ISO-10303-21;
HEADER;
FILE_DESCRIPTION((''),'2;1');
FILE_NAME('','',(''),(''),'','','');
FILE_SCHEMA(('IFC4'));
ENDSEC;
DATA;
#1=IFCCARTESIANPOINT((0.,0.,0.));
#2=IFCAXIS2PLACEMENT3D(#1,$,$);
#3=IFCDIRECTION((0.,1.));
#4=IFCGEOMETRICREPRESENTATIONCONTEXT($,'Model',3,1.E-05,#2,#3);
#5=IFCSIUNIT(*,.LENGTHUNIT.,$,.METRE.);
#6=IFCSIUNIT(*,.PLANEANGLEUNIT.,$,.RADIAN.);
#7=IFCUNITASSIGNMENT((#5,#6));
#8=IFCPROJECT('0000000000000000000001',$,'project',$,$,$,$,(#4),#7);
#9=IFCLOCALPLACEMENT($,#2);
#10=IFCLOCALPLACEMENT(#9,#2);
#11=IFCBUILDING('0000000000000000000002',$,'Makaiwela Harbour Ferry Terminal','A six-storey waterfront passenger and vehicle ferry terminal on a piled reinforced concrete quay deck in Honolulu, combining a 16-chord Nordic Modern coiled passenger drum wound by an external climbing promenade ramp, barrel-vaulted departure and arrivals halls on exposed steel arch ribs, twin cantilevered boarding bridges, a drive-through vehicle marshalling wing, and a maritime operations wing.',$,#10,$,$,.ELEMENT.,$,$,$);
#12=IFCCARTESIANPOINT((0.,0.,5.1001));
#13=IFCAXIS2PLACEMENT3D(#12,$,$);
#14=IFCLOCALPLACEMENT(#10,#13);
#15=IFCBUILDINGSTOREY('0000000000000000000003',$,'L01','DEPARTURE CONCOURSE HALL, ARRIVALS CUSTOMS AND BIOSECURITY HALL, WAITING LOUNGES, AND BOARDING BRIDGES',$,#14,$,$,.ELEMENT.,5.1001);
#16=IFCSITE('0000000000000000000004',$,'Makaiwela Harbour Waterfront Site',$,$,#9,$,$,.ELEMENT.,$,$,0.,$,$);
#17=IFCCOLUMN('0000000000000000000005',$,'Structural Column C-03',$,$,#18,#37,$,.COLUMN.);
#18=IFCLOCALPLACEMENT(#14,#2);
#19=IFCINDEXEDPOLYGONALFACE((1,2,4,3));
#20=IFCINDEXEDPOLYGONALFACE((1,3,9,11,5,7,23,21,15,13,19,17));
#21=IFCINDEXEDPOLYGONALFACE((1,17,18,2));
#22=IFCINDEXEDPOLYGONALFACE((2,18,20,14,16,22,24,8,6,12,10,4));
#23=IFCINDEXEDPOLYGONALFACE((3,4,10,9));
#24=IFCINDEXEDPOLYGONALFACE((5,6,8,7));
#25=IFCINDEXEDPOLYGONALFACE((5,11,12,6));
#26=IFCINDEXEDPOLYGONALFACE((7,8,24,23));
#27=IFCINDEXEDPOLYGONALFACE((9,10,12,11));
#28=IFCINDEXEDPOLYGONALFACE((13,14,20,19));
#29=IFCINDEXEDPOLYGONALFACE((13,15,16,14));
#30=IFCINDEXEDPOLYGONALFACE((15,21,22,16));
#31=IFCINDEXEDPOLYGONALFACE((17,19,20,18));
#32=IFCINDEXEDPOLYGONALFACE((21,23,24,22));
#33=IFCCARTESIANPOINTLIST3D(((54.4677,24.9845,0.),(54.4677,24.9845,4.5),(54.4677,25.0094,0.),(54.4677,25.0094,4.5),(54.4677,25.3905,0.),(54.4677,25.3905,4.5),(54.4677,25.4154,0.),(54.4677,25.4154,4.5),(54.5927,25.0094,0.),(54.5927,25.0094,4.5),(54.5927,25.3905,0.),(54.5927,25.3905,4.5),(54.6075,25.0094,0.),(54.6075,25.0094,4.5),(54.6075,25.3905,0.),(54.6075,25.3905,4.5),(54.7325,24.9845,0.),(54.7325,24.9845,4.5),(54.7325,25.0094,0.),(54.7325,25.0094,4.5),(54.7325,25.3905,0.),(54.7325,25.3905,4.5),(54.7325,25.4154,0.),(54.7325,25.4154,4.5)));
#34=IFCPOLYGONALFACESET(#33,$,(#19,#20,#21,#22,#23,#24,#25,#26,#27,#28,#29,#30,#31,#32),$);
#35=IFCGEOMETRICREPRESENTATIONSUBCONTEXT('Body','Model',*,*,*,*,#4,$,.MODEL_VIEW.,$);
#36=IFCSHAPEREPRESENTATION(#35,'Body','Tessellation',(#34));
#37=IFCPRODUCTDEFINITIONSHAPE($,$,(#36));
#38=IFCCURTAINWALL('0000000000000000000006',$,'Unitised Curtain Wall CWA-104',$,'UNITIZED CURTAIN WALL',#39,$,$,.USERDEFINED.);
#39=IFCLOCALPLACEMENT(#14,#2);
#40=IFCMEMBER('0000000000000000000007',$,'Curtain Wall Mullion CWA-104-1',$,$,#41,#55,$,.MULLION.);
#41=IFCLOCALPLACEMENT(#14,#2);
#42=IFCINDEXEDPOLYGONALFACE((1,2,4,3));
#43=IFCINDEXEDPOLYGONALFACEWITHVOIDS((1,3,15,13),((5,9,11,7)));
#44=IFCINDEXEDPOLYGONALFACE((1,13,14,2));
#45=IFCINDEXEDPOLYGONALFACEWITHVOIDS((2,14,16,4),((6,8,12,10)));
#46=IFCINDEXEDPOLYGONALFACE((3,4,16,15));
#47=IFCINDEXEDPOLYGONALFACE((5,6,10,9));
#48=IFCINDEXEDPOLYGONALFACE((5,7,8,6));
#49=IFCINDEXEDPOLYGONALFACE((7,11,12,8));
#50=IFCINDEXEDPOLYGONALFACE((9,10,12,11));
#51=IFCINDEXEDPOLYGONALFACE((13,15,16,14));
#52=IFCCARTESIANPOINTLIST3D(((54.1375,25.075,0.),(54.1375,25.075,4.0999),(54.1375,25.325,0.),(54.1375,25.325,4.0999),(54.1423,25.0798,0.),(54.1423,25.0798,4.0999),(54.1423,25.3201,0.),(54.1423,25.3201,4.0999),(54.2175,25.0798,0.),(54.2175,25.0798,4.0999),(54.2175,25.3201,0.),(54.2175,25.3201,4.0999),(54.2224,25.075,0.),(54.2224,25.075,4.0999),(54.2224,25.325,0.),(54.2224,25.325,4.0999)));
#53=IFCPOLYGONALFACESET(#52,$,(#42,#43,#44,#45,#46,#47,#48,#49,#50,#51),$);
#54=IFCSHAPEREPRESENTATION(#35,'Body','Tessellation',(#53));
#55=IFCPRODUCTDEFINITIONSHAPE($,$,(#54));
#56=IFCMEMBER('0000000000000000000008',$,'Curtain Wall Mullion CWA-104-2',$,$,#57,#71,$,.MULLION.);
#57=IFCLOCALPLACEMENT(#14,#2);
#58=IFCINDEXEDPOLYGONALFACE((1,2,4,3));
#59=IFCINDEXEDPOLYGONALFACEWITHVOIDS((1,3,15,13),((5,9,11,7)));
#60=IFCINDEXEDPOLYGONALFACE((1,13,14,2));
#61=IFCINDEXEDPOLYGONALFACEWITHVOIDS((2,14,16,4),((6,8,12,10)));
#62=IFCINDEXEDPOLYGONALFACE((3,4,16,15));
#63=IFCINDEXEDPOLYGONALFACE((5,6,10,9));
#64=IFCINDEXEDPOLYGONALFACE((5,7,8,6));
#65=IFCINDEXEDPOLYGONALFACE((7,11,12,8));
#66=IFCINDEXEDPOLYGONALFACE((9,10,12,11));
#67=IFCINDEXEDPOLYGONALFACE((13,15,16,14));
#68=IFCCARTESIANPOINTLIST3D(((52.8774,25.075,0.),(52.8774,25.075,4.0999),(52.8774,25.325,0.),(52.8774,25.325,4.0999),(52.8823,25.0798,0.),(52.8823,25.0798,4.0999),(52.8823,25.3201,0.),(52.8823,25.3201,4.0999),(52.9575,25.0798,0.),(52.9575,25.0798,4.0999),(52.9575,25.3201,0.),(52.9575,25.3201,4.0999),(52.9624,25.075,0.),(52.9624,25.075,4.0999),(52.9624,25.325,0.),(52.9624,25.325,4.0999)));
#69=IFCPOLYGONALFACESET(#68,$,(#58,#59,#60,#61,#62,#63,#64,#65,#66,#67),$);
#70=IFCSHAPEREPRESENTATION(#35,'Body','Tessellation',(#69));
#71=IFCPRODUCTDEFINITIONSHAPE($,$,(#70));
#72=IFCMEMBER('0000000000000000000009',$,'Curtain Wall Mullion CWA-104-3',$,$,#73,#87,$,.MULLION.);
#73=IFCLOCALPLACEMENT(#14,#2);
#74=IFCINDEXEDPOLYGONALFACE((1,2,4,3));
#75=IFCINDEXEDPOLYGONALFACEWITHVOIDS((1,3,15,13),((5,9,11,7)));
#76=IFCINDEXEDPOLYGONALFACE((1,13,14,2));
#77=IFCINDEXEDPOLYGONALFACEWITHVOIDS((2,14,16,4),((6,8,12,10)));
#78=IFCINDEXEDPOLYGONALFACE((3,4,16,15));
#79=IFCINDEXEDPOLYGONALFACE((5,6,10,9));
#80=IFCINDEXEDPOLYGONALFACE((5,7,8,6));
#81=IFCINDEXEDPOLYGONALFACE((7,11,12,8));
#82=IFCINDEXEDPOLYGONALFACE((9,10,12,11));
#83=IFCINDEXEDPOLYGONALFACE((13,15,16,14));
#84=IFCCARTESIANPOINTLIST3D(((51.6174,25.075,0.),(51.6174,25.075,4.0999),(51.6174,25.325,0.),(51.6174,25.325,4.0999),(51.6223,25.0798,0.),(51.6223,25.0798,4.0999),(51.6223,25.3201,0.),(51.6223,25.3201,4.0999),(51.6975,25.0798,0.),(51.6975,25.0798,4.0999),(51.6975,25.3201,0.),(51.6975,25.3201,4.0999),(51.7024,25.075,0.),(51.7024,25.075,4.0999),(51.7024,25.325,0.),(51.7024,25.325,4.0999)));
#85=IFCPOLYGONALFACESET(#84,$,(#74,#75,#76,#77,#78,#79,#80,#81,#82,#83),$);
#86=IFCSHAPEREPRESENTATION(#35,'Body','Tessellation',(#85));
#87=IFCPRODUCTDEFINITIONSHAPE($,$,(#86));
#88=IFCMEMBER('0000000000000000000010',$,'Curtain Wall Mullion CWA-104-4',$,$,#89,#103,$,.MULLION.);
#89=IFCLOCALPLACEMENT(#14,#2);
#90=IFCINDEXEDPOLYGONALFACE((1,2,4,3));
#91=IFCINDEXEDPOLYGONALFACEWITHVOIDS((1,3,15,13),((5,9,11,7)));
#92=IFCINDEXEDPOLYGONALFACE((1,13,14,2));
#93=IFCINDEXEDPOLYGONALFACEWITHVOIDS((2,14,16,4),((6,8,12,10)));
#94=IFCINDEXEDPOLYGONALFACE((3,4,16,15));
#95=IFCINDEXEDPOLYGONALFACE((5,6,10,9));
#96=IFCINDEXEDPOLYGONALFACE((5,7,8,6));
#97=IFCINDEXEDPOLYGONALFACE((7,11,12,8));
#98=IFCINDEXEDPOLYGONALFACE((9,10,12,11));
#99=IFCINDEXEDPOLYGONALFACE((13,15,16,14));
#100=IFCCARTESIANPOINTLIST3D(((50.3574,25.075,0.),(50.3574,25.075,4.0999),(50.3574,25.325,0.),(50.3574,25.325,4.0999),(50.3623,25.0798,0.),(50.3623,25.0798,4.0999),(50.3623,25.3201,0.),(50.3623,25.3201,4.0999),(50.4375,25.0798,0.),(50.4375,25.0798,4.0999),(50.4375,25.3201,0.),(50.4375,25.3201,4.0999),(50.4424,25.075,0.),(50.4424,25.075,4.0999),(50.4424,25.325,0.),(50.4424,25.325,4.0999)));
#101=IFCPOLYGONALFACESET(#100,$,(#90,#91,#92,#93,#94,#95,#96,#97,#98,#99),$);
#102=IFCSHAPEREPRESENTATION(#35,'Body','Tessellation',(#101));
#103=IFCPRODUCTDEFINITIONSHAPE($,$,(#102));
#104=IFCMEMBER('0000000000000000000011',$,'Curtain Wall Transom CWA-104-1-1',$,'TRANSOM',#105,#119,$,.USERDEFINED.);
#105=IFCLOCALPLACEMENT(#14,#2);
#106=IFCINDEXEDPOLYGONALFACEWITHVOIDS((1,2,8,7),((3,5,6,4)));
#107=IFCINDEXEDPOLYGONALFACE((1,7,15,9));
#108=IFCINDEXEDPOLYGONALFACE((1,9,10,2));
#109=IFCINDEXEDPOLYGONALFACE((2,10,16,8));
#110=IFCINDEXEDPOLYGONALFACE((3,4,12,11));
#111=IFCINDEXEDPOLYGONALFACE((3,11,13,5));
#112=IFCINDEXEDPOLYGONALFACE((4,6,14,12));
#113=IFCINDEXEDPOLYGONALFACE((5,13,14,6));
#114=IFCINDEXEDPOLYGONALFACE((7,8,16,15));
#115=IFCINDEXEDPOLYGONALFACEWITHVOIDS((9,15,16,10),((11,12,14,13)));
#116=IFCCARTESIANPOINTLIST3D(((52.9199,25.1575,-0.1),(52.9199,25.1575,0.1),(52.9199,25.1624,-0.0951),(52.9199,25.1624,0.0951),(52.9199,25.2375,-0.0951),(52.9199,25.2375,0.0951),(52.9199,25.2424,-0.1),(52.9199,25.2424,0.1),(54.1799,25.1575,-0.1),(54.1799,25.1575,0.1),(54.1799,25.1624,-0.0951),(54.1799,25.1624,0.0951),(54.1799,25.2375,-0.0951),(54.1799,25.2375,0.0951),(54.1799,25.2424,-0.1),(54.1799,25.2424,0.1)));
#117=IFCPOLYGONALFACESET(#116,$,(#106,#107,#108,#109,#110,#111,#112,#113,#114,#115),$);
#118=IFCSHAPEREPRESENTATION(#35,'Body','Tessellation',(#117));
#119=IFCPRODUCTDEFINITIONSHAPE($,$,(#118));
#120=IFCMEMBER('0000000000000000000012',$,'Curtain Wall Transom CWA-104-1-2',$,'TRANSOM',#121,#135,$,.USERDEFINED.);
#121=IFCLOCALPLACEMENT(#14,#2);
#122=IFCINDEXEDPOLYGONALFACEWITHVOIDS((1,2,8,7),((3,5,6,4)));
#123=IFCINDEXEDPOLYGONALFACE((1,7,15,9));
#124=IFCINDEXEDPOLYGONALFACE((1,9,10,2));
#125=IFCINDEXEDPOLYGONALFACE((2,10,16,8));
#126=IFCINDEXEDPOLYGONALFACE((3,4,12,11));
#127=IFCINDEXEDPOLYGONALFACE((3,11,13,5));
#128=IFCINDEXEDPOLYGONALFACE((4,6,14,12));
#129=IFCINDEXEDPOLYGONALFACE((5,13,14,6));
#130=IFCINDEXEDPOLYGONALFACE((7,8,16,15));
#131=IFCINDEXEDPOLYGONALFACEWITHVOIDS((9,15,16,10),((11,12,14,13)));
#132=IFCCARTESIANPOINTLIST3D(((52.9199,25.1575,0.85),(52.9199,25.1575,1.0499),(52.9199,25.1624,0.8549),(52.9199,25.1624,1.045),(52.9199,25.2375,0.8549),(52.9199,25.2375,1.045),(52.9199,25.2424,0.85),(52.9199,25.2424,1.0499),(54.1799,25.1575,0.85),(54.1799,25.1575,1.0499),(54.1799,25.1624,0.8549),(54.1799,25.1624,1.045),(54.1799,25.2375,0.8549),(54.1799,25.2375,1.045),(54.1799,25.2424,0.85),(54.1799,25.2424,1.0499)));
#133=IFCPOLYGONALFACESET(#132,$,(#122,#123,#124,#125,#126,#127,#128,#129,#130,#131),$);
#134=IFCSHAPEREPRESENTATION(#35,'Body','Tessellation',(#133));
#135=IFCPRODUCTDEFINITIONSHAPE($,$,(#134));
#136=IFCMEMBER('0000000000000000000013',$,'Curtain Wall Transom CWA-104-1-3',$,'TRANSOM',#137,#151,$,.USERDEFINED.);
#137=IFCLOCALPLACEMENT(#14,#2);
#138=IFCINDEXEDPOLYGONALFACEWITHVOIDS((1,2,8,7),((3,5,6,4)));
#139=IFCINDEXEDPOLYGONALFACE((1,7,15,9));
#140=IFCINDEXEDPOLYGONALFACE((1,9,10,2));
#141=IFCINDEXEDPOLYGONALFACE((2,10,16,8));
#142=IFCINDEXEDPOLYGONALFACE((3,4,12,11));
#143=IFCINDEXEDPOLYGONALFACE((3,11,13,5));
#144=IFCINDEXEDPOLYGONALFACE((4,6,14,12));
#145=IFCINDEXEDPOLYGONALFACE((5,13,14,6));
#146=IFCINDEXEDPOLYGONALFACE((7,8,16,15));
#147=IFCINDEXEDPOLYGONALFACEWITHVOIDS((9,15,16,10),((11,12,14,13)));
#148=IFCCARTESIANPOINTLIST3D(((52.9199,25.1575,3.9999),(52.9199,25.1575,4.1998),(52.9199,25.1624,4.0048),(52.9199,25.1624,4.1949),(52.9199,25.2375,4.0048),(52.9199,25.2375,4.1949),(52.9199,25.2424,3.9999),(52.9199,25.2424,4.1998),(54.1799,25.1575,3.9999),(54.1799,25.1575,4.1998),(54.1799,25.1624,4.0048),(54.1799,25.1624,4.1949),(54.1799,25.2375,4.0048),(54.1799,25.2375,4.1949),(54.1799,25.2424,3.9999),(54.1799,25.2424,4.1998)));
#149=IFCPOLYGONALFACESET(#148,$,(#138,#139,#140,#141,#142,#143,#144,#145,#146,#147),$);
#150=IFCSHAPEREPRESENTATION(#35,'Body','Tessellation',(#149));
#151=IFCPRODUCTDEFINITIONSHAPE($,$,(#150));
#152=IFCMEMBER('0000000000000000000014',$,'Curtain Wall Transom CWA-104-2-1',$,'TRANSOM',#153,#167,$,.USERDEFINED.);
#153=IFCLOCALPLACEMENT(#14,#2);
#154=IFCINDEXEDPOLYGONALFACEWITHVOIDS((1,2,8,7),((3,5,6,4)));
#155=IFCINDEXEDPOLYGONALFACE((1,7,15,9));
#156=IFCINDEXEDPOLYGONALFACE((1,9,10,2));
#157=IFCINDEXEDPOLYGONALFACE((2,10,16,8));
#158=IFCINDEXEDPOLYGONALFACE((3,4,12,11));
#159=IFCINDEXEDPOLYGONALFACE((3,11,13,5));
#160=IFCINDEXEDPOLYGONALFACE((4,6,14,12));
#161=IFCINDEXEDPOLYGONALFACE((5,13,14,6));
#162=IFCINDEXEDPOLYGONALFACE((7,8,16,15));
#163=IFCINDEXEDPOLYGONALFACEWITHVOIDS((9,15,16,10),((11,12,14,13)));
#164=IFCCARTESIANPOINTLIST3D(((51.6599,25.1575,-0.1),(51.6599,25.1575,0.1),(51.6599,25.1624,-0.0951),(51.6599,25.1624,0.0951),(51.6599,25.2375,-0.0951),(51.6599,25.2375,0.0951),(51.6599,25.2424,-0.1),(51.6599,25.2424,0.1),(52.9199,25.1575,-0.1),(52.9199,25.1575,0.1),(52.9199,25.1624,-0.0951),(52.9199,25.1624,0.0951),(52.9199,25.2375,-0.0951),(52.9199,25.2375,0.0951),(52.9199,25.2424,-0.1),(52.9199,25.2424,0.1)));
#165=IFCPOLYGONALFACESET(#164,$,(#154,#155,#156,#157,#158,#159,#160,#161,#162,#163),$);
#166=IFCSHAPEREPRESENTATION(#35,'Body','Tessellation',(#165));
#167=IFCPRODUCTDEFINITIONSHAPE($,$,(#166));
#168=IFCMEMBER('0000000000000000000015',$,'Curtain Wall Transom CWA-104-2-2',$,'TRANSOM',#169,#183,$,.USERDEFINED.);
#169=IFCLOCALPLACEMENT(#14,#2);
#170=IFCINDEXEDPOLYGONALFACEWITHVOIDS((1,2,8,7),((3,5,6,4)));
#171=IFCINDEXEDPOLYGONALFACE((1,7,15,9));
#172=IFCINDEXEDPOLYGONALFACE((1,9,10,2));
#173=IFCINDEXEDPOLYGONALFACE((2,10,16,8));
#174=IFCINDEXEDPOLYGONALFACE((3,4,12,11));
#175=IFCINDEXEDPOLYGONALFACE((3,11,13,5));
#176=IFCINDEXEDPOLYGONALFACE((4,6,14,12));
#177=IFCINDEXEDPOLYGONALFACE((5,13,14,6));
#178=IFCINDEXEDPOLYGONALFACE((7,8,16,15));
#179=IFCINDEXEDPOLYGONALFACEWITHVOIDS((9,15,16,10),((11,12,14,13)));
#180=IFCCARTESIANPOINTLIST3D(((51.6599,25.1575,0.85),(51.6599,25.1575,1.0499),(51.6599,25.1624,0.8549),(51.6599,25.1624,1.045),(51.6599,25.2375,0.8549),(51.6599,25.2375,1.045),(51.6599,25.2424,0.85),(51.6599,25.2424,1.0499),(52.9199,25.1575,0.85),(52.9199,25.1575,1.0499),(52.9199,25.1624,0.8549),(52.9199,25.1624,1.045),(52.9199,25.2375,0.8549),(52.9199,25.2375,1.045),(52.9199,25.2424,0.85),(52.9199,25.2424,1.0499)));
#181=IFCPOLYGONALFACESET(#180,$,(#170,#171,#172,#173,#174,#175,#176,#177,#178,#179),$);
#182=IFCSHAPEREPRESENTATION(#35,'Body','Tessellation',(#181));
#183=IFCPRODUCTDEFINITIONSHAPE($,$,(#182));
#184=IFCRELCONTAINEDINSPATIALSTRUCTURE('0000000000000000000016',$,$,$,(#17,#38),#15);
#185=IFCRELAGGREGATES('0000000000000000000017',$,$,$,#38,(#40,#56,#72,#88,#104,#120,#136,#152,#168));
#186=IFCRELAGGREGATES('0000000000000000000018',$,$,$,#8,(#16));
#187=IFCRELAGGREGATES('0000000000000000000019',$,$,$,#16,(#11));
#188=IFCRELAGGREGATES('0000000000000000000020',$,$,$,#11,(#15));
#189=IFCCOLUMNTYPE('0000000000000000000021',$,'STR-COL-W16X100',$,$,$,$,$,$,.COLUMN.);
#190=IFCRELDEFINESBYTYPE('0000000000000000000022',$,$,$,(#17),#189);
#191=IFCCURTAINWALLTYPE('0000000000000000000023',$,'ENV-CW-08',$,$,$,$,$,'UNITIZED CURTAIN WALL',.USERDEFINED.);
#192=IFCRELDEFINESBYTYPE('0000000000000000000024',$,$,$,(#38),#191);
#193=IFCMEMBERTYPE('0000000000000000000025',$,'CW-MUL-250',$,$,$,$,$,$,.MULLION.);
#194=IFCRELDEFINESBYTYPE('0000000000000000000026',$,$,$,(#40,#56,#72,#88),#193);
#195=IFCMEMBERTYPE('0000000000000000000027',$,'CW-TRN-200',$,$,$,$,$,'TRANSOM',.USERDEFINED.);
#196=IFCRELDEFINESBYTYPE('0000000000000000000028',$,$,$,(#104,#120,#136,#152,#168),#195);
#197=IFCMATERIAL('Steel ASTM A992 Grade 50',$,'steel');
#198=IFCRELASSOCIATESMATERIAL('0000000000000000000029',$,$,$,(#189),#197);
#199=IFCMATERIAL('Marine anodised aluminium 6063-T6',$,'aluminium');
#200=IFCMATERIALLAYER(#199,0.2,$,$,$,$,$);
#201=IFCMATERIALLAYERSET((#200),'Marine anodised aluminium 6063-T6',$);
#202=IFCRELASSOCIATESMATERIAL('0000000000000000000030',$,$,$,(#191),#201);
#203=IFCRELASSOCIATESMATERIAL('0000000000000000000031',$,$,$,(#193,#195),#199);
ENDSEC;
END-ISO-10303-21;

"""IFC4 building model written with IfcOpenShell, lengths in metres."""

from ifc_helpers import new_model, si_unit, direction, frame, origin, origin_2d, place, context, subcontext, project, spatial, hollow_rectangle, i_section, extrude, material, layer, layer_set, material_profile, profile_set, type_object, element, aggregate, save


model = new_model("IFC4")

# Units and contexts
model_context = context("Model", 3, precision=1e-05, world=origin(), true_north=direction((0.0, 1.0)))
body_context = subcontext(model_context, "Body", "Model", "MODEL_VIEW")
ifc_project = project(units=[si_unit("LENGTHUNIT", "METRE"), si_unit("PLANEANGLEUNIT", "RADIAN")], contexts=[model_context])

# Site, building, storey
site_placement = place(None, origin())
site = spatial("IfcSite", under=ifc_project, at=site_placement, Name="Makaiwela Harbour Waterfront Site", CompositionType="ELEMENT", RefElevation=0.0)
building_placement = place(site_placement, origin())
building = spatial("IfcBuilding", under=site, at=building_placement, Name="Makaiwela Harbour Ferry Terminal", Description="A six-storey waterfront passenger and vehicle ferry terminal on a piled reinforced concrete quay deck in Honolulu, combining a 16-chord Nordic Modern coiled passenger drum wound by an external climbing promenade ramp, barrel-vaulted departure and arrivals halls on exposed steel arch ribs, twin cantilevered boarding bridges, a drive-through vehicle marshalling wing, and a maritime operations wing.", CompositionType="ELEMENT")
storey_placement = place(building_placement, frame((0.0, 0.0, 5.1001)))
storey = spatial("IfcBuildingStorey", under=building, at=storey_placement, Name="L01", Description="DEPARTURE CONCOURSE HALL, ARRIVALS CUSTOMS AND BIOSECURITY HALL, WAITING LOUNGES, AND BOARDING BRIDGES", CompositionType="ELEMENT", Elevation=5.1001)

# Column
ifc_material_1 = material(Name="Steel ASTM A992 Grade 50", Category="steel")
ifc_material_profile_1 = material_profile(ifc_material_1, i_section(OverallWidth=0.2649, OverallDepth=0.4309, WebThickness=0.0149, FlangeThickness=0.0249, at=origin_2d()), Name="W16X100")
ifc_profile_set_1 = profile_set([ifc_material_profile_1], Name="Steel ASTM A992 Grade 50")
column_type = type_object("IfcColumnType", Name="STR-COL-W16X100", PredefinedType="COLUMN", material=ifc_profile_set_1)
column_placement = place(storey_placement, frame((54.6001, 25.2, 0.0), z_axis=(0.0, 0.0, 1.0), x_axis=(1.0, 0.0, 0.0)))
element("IfcColumn", 1, at=column_placement, inside=storey, type_object=column_type, Name="Structural Column C-03", PredefinedType="COLUMN", context=body_context, shape_type="SweptSolid", body=[
    extrude(i_section(OverallWidth=0.2649, OverallDepth=0.4309, WebThickness=0.0149, FlangeThickness=0.0249, at=origin_2d()), origin(), (0.0, 0.0, 1.0), 4.5),
])

# Curtain wall, members
ifc_material_2 = material(Name="Marine anodised aluminium 6063-T6", Category="aluminium")
ifc_layer_1 = layer(ifc_material_2, 0.2)
ifc_layer_set_1 = layer_set([ifc_layer_1], Name="Marine anodised aluminium 6063-T6")
curtain_wall_type = type_object("IfcCurtainWallType", Name="ENV-CW-08", ElementType="UNITIZED CURTAIN WALL", PredefinedType="USERDEFINED", material=ifc_layer_set_1)
curtain_wall_placement = place(storey_placement, origin())
curtain_wall = element("IfcCurtainWall", 2, at=curtain_wall_placement, inside=storey, type_object=curtain_wall_type, Name="Unitised Curtain Wall CWA-104", ObjectType="UNITIZED CURTAIN WALL", PredefinedType="USERDEFINED")
ifc_material_profile_2 = material_profile(ifc_material_2, hollow_rectangle(XDim=0.085, YDim=0.25, WallThickness=0.0049, at=origin_2d()), Name="CWM-250X85")
ifc_profile_set_2 = profile_set([ifc_material_profile_2], Name="Marine anodised aluminium 6063-T6")
member_type_1 = type_object("IfcMemberType", Name="CW-MUL-250", PredefinedType="MULLION", material=ifc_profile_set_2)
member_1_placement = place(storey_placement, frame((54.1799, 25.2, 0.0), z_axis=(0.0, 0.0, 1.0), x_axis=(1.0, 0.0, 0.0)))
member_1 = element("IfcMember", 3, at=member_1_placement, type_object=member_type_1, Name="Curtain Wall Mullion CWA-104-1", PredefinedType="MULLION", context=body_context, shape_type="SweptSolid", body=[
    extrude(hollow_rectangle(XDim=0.085, YDim=0.25, WallThickness=0.0049, at=origin_2d()), origin(), (0.0, 0.0, 1.0), 4.0999),
])
member_2_placement = place(storey_placement, frame((52.9199, 25.2, 0.0), z_axis=(0.0, 0.0, 1.0), x_axis=(1.0, 0.0, 0.0)))
member_2 = element("IfcMember", 4, at=member_2_placement, type_object=member_type_1, Name="Curtain Wall Mullion CWA-104-2", PredefinedType="MULLION", context=body_context, shape_type="SweptSolid", body=[
    extrude(hollow_rectangle(XDim=0.085, YDim=0.25, WallThickness=0.0049, at=origin_2d()), origin(), (0.0, 0.0, 1.0), 4.0999),
])
member_3_placement = place(storey_placement, frame((51.6599, 25.2, 0.0), z_axis=(0.0, 0.0, 1.0), x_axis=(1.0, 0.0, 0.0)))
member_3 = element("IfcMember", 5, at=member_3_placement, type_object=member_type_1, Name="Curtain Wall Mullion CWA-104-3", PredefinedType="MULLION", context=body_context, shape_type="SweptSolid", body=[
    extrude(hollow_rectangle(XDim=0.085, YDim=0.25, WallThickness=0.0049, at=origin_2d()), origin(), (0.0, 0.0, 1.0), 4.0999),
])
member_4_placement = place(storey_placement, frame((50.3999, 25.2, 0.0), z_axis=(0.0, 0.0, 1.0), x_axis=(1.0, 0.0, 0.0)))
member_4 = element("IfcMember", 6, at=member_4_placement, type_object=member_type_1, Name="Curtain Wall Mullion CWA-104-4", PredefinedType="MULLION", context=body_context, shape_type="SweptSolid", body=[
    extrude(hollow_rectangle(XDim=0.085, YDim=0.25, WallThickness=0.0049, at=origin_2d()), origin(), (0.0, 0.0, 1.0), 4.0999),
])
ifc_material_profile_3 = material_profile(ifc_material_2, hollow_rectangle(XDim=0.085, YDim=0.2, WallThickness=0.0049, at=origin_2d()), Name="CWT-200X85")
ifc_profile_set_3 = profile_set([ifc_material_profile_3], Name="Marine anodised aluminium 6063-T6")
member_type_2 = type_object("IfcMemberType", Name="CW-TRN-200", ElementType="TRANSOM", PredefinedType="USERDEFINED", material=ifc_profile_set_3)
member_5_placement = place(storey_placement, frame((54.1799, 25.2, 0.0), z_axis=(-1.0, 0.0, 0.0), x_axis=(0.0, -1.0, 0.0)))
member_5 = element("IfcMember", 7, at=member_5_placement, type_object=member_type_2, Name="Curtain Wall Transom CWA-104-1-1", ObjectType="TRANSOM", PredefinedType="USERDEFINED", context=body_context, shape_type="SweptSolid", body=[
    extrude(hollow_rectangle(XDim=0.085, YDim=0.2, WallThickness=0.0049, at=origin_2d()), origin(), (0.0, 0.0, 1.0), 1.26),
])
member_6_placement = place(storey_placement, frame((54.1799, 25.2, 0.95), z_axis=(-1.0, 0.0, 0.0), x_axis=(0.0, -1.0, 0.0)))
member_6 = element("IfcMember", 8, at=member_6_placement, type_object=member_type_2, Name="Curtain Wall Transom CWA-104-1-2", ObjectType="TRANSOM", PredefinedType="USERDEFINED", context=body_context, shape_type="SweptSolid", body=[
    extrude(hollow_rectangle(XDim=0.085, YDim=0.2, WallThickness=0.0049, at=origin_2d()), origin(), (0.0, 0.0, 1.0), 1.26),
])
member_7_placement = place(storey_placement, frame((54.1799, 25.2, 4.0999), z_axis=(-1.0, 0.0, 0.0), x_axis=(0.0, -1.0, 0.0)))
member_7 = element("IfcMember", 9, at=member_7_placement, type_object=member_type_2, Name="Curtain Wall Transom CWA-104-1-3", ObjectType="TRANSOM", PredefinedType="USERDEFINED", context=body_context, shape_type="SweptSolid", body=[
    extrude(hollow_rectangle(XDim=0.085, YDim=0.2, WallThickness=0.0049, at=origin_2d()), origin(), (0.0, 0.0, 1.0), 1.26),
])
member_8_placement = place(storey_placement, frame((52.9199, 25.2, 0.0), z_axis=(-1.0, 0.0, 0.0), x_axis=(0.0, -1.0, 0.0)))
member_8 = element("IfcMember", 10, at=member_8_placement, type_object=member_type_2, Name="Curtain Wall Transom CWA-104-2-1", ObjectType="TRANSOM", PredefinedType="USERDEFINED", context=body_context, shape_type="SweptSolid", body=[
    extrude(hollow_rectangle(XDim=0.085, YDim=0.2, WallThickness=0.0049, at=origin_2d()), origin(), (0.0, 0.0, 1.0), 1.26),
])
member_9_placement = place(storey_placement, frame((52.9199, 25.2, 0.95), z_axis=(-1.0, 0.0, 0.0), x_axis=(0.0, -1.0, 0.0)))
member_9 = element("IfcMember", 11, at=member_9_placement, type_object=member_type_2, Name="Curtain Wall Transom CWA-104-2-2", ObjectType="TRANSOM", PredefinedType="USERDEFINED", context=body_context, shape_type="SweptSolid", body=[
    extrude(hollow_rectangle(XDim=0.085, YDim=0.2, WallThickness=0.0049, at=origin_2d()), origin(), (0.0, 0.0, 1.0), 1.26),
])

aggregate(curtain_wall, [member_1, member_2, member_3, member_4, member_5, member_6, member_7, member_8, member_9])

save(model, "model.ifc")
